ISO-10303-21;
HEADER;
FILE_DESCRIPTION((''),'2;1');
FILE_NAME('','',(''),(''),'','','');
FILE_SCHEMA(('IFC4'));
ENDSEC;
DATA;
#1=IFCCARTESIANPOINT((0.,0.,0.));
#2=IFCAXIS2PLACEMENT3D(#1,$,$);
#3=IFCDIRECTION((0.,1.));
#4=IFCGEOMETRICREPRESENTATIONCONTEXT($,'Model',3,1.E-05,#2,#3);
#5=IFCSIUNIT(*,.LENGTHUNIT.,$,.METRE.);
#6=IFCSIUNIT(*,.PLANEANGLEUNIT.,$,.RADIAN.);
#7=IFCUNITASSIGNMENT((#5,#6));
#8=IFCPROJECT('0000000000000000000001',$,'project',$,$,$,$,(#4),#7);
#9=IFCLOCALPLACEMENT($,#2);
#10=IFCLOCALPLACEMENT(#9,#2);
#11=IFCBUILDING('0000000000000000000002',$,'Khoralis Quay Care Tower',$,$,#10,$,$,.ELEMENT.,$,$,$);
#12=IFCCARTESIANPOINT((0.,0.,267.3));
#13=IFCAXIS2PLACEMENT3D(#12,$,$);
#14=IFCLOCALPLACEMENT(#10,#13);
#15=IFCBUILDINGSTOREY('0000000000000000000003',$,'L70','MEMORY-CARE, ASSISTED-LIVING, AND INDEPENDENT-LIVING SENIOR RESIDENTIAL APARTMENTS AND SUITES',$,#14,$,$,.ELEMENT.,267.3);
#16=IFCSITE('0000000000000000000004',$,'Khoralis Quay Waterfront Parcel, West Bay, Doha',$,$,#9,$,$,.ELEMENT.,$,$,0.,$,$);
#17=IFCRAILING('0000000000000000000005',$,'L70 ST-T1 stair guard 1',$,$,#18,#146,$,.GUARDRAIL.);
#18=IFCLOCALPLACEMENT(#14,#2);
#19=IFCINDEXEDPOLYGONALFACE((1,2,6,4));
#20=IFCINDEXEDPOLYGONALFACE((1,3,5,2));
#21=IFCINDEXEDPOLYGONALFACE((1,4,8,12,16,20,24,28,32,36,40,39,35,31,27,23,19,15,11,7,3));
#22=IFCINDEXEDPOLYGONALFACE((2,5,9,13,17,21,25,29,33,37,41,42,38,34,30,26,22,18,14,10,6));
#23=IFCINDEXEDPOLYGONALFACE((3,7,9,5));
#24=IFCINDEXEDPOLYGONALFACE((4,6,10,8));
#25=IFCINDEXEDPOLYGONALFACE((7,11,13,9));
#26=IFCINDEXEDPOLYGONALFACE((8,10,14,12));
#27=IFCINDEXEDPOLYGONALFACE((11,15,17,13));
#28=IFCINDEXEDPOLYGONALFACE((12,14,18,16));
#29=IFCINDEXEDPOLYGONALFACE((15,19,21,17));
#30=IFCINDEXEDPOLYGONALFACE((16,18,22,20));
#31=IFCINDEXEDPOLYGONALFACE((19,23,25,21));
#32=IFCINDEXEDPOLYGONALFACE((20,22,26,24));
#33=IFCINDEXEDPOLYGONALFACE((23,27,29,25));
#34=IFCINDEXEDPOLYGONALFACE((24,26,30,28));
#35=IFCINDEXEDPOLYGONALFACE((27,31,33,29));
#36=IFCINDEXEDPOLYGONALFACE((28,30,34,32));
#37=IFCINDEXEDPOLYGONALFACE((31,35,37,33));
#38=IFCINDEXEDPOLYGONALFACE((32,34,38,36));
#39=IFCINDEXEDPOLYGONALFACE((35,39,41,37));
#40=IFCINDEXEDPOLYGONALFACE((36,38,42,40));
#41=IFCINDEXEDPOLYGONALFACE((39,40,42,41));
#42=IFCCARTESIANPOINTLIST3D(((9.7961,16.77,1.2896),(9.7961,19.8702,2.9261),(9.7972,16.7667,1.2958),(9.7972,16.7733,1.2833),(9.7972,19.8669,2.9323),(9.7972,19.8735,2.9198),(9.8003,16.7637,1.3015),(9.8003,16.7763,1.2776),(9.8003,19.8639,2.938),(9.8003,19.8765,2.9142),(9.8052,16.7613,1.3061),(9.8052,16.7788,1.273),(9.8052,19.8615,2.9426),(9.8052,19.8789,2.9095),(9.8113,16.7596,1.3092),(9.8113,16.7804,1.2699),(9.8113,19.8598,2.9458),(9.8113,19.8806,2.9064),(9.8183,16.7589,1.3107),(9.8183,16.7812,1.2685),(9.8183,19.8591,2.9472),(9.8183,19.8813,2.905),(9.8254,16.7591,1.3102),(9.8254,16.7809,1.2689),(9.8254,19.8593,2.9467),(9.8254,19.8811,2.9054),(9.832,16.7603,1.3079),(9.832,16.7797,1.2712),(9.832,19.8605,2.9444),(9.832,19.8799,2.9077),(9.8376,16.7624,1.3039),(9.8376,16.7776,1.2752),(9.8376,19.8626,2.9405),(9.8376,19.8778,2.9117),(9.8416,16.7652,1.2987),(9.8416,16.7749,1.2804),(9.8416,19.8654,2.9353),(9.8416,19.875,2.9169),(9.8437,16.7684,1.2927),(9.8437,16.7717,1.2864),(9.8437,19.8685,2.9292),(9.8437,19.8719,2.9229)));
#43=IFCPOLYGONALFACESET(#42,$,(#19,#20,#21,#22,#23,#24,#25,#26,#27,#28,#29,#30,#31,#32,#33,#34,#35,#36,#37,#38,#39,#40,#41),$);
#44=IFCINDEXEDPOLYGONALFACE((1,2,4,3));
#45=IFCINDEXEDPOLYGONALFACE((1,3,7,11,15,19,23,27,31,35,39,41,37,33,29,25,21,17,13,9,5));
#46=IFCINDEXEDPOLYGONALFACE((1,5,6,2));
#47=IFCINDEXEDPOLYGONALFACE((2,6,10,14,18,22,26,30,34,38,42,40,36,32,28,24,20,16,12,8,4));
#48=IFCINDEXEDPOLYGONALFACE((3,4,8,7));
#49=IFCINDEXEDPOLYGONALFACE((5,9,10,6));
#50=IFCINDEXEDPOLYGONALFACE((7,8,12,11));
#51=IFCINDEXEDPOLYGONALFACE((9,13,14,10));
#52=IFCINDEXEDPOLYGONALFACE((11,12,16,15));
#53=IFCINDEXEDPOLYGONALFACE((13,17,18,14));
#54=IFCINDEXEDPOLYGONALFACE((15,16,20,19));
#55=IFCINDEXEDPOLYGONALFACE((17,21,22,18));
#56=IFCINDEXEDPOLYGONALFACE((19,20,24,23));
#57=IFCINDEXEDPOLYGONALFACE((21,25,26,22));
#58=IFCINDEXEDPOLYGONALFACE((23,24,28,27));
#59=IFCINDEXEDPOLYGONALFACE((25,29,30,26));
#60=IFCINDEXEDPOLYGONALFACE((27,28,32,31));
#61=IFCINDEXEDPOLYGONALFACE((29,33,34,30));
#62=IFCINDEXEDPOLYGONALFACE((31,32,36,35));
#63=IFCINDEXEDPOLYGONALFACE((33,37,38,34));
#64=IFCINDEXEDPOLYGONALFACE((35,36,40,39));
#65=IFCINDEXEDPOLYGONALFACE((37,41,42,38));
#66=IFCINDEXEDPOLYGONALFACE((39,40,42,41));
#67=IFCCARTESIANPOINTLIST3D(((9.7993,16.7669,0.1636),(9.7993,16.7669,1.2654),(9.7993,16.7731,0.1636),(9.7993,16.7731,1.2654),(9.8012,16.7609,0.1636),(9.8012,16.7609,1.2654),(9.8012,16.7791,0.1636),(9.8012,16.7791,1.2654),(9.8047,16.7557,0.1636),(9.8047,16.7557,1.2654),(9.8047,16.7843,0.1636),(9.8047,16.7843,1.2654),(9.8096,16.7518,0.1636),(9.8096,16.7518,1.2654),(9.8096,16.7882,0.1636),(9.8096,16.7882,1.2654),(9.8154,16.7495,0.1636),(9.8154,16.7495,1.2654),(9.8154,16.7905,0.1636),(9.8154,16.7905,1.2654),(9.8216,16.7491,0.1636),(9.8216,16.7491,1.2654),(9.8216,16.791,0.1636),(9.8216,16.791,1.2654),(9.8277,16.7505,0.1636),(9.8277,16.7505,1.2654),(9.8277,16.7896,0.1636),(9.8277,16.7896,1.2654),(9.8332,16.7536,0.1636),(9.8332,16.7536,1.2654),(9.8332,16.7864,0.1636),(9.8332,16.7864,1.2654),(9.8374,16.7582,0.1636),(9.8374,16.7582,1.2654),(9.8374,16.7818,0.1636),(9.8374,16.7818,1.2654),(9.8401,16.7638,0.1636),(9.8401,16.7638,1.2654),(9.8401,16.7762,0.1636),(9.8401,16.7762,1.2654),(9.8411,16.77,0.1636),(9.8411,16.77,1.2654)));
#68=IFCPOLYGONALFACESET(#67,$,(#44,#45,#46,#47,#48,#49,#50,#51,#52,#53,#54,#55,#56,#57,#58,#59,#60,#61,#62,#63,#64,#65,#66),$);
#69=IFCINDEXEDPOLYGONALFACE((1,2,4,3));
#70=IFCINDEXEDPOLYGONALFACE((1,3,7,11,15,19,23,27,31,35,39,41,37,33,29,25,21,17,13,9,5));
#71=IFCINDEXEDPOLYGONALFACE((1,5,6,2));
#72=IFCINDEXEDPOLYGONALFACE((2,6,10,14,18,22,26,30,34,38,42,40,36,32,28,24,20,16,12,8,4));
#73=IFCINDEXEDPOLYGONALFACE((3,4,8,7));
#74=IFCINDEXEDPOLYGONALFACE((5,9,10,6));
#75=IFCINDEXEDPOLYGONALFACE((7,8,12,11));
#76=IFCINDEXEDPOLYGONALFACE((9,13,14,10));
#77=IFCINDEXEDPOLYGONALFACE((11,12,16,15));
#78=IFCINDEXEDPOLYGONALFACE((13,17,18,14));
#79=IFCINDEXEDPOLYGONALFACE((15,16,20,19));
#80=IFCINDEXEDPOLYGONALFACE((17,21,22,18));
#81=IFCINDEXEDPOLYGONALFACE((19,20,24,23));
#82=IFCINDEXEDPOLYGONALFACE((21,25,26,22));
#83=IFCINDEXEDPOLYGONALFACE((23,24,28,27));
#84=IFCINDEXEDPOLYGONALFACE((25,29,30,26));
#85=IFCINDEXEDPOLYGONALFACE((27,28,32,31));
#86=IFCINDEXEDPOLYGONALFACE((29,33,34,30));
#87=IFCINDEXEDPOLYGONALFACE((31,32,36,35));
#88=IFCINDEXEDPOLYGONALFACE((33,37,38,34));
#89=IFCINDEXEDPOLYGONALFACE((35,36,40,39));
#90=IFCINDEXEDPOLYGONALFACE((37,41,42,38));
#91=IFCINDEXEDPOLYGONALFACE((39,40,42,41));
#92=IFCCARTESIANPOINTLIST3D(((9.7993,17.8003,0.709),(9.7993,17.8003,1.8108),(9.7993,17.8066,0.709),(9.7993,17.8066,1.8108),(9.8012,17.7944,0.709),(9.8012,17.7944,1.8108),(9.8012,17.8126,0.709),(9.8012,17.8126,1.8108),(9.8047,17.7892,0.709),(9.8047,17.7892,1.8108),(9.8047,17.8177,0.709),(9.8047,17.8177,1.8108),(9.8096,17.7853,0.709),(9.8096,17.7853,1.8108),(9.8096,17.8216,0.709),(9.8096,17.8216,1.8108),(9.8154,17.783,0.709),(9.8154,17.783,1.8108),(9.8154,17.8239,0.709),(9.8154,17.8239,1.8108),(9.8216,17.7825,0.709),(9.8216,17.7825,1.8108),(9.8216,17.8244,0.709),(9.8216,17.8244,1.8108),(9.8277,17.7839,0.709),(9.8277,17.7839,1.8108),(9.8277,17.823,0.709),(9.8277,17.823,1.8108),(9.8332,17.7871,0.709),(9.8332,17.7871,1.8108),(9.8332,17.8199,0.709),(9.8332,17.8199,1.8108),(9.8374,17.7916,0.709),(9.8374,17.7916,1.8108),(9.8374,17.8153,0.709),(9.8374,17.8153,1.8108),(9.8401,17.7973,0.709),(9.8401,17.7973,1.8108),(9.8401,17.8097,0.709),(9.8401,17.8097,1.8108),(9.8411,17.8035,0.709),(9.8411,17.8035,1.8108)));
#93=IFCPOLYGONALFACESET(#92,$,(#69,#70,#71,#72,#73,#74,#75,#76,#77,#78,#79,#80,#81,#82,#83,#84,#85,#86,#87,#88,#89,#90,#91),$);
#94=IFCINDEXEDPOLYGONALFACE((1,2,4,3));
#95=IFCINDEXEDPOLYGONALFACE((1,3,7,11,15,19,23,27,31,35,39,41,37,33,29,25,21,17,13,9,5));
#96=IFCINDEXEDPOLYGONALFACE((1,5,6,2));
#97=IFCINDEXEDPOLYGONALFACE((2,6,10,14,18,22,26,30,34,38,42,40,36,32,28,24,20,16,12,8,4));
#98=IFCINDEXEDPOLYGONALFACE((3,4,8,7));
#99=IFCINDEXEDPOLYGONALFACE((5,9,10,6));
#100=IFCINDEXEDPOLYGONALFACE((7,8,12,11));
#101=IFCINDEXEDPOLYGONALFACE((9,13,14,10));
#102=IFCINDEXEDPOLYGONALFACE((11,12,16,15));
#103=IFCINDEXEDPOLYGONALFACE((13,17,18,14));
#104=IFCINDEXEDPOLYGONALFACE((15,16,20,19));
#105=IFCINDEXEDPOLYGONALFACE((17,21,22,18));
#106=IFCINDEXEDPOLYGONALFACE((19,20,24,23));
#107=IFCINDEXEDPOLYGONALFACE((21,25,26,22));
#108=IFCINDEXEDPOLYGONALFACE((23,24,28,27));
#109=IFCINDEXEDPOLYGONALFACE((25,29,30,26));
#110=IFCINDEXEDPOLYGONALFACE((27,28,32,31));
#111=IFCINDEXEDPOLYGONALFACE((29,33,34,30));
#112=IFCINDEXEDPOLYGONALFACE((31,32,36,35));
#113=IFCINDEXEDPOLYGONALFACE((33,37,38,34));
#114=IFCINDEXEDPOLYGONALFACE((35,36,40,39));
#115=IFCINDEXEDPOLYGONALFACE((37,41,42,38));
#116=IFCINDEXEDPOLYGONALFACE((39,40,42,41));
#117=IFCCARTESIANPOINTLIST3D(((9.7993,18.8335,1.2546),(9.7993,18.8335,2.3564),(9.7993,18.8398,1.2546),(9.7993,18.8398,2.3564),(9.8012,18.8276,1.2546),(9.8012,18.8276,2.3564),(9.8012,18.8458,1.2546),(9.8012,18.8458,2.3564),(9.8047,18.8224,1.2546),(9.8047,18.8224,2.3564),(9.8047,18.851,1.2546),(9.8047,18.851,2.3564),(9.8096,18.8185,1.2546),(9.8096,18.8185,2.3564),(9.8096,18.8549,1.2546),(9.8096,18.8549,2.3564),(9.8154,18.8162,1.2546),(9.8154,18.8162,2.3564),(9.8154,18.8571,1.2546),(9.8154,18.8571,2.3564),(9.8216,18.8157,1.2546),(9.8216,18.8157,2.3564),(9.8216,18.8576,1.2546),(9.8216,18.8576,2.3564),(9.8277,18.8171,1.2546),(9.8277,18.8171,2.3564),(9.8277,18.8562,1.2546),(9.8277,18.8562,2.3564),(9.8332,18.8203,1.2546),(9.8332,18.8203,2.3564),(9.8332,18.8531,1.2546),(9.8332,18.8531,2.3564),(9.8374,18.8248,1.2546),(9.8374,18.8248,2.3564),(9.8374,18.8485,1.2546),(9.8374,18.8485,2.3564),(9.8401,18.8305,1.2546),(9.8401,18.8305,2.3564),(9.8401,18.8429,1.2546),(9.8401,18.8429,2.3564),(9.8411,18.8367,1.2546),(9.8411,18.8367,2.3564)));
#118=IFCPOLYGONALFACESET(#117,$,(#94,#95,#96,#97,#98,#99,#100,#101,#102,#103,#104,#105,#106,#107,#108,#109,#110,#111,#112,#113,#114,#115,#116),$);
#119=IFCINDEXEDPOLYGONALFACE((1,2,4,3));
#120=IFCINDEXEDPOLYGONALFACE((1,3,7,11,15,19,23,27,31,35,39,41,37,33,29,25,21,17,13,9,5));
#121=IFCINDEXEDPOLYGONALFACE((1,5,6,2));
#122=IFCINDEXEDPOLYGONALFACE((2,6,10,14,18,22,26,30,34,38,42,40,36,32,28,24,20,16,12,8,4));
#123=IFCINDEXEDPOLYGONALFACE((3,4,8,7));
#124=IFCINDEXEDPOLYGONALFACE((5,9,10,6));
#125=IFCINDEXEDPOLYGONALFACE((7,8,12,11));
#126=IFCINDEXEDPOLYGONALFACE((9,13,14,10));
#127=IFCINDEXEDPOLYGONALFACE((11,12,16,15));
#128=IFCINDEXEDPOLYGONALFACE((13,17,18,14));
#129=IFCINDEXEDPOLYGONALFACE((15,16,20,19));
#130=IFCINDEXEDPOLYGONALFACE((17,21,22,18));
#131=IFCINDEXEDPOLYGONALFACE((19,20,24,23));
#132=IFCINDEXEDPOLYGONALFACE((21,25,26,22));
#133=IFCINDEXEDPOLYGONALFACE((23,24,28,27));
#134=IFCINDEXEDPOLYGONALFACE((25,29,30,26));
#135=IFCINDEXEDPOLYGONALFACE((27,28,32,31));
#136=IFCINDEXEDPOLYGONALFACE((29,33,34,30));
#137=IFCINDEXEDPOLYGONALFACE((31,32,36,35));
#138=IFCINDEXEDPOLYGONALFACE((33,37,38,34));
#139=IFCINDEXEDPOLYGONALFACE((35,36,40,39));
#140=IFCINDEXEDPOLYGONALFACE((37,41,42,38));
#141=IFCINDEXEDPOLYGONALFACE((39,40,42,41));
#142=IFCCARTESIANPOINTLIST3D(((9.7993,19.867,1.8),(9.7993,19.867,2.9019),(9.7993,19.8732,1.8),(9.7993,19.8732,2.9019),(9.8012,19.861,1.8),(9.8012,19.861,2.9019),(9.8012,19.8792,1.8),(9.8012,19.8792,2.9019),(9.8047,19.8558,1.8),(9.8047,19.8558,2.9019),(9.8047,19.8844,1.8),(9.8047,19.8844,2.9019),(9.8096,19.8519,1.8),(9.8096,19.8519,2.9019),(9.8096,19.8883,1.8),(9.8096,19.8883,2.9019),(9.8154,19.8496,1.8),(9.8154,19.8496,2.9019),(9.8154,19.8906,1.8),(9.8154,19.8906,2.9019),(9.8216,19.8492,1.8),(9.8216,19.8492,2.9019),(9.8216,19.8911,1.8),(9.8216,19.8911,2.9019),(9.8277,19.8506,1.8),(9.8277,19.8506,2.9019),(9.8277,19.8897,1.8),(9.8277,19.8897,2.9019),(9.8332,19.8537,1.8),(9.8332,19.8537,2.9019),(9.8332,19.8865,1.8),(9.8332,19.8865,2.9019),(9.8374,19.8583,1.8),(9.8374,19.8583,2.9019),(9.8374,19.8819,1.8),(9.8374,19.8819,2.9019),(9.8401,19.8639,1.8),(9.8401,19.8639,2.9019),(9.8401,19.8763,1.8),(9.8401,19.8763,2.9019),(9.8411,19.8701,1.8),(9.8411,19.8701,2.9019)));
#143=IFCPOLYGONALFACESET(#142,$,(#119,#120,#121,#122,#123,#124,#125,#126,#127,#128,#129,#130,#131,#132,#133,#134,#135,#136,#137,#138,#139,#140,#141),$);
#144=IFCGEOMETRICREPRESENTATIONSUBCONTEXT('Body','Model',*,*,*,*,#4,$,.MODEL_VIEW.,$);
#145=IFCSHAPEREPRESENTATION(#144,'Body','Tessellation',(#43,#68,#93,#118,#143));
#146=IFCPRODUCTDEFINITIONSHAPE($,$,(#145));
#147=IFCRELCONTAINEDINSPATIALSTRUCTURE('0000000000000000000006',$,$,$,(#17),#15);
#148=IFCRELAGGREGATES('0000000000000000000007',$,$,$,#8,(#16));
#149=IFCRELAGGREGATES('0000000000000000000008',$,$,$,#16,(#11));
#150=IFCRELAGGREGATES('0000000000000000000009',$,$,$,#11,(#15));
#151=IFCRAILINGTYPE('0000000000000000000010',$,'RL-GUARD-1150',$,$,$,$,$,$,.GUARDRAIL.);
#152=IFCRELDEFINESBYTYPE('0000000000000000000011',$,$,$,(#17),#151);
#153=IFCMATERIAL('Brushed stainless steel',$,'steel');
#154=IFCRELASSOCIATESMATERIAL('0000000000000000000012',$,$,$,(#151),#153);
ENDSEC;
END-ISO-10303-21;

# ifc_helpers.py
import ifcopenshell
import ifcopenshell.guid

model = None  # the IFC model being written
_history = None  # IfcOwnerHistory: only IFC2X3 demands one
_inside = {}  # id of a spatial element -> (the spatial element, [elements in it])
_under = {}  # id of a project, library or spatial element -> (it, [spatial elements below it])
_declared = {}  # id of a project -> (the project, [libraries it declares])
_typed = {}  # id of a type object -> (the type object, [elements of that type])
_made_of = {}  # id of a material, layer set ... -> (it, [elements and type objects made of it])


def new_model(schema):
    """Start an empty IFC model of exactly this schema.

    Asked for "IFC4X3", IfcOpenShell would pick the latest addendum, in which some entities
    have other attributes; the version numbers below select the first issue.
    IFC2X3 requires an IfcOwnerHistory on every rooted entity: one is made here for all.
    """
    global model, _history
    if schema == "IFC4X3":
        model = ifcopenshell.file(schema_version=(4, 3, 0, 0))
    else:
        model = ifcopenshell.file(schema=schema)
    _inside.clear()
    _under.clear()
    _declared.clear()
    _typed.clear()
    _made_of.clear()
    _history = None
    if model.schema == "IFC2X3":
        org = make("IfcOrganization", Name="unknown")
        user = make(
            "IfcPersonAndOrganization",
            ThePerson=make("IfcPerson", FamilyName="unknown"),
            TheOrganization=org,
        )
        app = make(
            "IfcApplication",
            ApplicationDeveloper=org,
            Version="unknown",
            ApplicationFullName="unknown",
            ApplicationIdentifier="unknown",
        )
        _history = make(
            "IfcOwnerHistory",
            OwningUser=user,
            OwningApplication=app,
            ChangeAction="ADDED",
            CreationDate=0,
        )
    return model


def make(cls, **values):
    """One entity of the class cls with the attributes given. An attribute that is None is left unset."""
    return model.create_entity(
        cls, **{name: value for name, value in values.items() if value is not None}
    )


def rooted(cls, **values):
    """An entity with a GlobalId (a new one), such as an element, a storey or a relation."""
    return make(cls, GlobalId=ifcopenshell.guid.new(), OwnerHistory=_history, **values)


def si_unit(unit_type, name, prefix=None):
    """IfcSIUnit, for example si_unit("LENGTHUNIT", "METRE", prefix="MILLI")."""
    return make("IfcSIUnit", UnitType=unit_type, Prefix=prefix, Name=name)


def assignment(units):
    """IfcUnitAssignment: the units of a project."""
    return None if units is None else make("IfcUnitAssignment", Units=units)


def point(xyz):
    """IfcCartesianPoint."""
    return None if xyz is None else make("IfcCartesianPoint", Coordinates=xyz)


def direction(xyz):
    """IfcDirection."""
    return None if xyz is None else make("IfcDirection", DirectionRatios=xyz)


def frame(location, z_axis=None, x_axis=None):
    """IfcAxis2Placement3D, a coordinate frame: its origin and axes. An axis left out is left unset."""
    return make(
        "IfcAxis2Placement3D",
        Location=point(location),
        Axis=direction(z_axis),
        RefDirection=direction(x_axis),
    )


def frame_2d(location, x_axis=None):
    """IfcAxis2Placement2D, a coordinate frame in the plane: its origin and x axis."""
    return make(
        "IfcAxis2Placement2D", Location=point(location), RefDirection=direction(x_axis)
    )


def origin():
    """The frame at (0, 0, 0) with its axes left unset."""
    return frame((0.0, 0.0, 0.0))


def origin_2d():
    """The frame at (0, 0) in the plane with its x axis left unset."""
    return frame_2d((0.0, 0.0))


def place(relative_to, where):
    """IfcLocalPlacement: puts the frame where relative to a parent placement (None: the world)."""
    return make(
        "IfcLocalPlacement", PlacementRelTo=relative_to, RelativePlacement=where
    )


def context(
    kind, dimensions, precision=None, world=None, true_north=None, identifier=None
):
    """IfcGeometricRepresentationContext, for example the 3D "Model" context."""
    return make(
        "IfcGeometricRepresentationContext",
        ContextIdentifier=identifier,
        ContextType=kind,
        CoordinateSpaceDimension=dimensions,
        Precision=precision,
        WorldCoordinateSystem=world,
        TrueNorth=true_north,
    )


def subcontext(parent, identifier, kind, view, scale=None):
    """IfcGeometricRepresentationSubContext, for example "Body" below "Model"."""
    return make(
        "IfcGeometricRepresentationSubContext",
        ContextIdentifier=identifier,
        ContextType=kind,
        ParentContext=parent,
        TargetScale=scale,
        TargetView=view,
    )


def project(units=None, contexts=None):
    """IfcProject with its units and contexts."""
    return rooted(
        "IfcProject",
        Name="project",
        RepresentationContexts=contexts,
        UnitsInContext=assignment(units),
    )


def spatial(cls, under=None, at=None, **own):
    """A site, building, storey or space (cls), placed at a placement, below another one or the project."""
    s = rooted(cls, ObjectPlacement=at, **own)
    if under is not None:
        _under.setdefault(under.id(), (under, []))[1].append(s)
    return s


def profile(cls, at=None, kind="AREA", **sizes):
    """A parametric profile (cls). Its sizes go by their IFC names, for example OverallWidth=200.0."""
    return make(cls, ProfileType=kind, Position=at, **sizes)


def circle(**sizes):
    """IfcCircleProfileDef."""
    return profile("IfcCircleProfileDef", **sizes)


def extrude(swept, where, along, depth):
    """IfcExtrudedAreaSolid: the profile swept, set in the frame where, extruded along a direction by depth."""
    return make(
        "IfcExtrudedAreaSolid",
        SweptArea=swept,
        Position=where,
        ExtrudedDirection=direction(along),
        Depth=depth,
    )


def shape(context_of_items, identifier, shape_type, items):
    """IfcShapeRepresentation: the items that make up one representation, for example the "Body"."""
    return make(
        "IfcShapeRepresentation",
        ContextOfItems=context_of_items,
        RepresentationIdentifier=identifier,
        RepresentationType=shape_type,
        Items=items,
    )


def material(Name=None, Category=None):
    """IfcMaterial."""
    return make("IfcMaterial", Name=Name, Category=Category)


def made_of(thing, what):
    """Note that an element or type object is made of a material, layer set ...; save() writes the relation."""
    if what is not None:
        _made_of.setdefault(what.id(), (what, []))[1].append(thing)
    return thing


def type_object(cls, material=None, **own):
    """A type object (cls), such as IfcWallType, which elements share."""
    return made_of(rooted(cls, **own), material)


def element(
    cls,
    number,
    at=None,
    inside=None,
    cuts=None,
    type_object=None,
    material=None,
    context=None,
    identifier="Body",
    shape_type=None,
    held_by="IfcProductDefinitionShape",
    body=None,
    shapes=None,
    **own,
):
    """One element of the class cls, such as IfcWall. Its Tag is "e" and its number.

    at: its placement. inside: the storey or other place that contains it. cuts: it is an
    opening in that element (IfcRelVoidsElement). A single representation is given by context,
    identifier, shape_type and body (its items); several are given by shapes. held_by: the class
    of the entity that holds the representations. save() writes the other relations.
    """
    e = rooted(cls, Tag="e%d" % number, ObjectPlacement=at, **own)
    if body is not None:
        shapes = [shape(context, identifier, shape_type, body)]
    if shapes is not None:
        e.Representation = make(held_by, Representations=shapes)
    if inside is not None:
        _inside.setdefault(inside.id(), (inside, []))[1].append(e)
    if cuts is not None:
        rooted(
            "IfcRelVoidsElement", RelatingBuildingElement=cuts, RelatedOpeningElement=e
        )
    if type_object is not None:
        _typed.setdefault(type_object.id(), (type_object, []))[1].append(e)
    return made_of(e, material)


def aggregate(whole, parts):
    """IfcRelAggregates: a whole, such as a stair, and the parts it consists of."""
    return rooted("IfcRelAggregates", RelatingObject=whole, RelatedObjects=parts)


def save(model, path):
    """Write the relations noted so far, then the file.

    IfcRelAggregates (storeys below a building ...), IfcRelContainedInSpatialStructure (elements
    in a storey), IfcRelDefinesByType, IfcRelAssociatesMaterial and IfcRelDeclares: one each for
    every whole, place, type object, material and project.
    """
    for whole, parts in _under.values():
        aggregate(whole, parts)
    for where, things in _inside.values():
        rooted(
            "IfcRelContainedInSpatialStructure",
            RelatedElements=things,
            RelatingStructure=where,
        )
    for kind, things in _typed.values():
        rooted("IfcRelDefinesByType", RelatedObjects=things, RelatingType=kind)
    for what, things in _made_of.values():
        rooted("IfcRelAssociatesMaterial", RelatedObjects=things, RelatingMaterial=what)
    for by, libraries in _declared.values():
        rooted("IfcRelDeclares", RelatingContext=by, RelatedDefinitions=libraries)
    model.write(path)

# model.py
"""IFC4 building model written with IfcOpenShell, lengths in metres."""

from ifc_helpers import new_model, si_unit, direction, frame, origin, origin_2d, place, context, subcontext, project, spatial, circle, extrude, material, type_object, element, save


model = new_model("IFC4")

# Units and contexts
model_context = context("Model", 3, precision=1e-05, world=origin(), true_north=direction((0.0, 1.0)))
body_context = subcontext(model_context, "Body", "Model", "MODEL_VIEW")
ifc_project = project(units=[si_unit("LENGTHUNIT", "METRE"), si_unit("PLANEANGLEUNIT", "RADIAN")], contexts=[model_context])

# Site, building, storey
site_placement = place(None, origin())
site = spatial("IfcSite", under=ifc_project, at=site_placement, Name="Khoralis Quay Waterfront Parcel, West Bay, Doha", CompositionType="ELEMENT", RefElevation=0.0)
building_placement = place(site_placement, origin())
building = spatial("IfcBuilding", under=site, at=building_placement, Name="Khoralis Quay Care Tower", CompositionType="ELEMENT")
storey_placement = place(building_placement, frame((0.0, 0.0, 267.3)))
storey = spatial("IfcBuildingStorey", under=building, at=storey_placement, Name="L70", Description="MEMORY-CARE, ASSISTED-LIVING, AND INDEPENDENT-LIVING SENIOR RESIDENTIAL APARTMENTS AND SUITES", CompositionType="ELEMENT", Elevation=267.3)

# Railing
ifc_material_1 = material(Name="Brushed stainless steel", Category="steel")
railing_type_1 = type_object("IfcRailingType", Name="RL-GUARD-1150", PredefinedType="GUARDRAIL", material=ifc_material_1)
railing_1_placement = place(storey_placement, frame((9.8201, 16.77, 0.1636)))
element("IfcRailing", 1, at=railing_1_placement, inside=storey, type_object=railing_type_1, Name="L70 ST-T1 stair guard 1", PredefinedType="GUARDRAIL", context=body_context, shape_type="SweptSolid", body=[
    extrude(circle(Radius=0.0239, at=origin_2d()), frame((0.0, 0.0, 1.126), z_axis=(0.0, 0.884348, 0.466828), x_axis=(-1.0, 0.0, 0.0)), (0.0, 0.0, 1.0), 3.5056),
    extrude(circle(Radius=0.021, at=origin_2d()), origin(), (0.0, 0.0, 1.0), 1.1018),
    extrude(circle(Radius=0.021, at=origin_2d()), frame((0.0, 1.0334, 0.5454)), (0.0, 0.0, 1.0), 1.1018),
    extrude(circle(Radius=0.021, at=origin_2d()), frame((0.0, 2.0667, 1.0911)), (0.0, 0.0, 1.0), 1.1018),
    extrude(circle(Radius=0.021, at=origin_2d()), frame((0.0, 3.1001, 1.6365)), (0.0, 0.0, 1.0), 1.1018),
])

save(model, "model.ifc")
